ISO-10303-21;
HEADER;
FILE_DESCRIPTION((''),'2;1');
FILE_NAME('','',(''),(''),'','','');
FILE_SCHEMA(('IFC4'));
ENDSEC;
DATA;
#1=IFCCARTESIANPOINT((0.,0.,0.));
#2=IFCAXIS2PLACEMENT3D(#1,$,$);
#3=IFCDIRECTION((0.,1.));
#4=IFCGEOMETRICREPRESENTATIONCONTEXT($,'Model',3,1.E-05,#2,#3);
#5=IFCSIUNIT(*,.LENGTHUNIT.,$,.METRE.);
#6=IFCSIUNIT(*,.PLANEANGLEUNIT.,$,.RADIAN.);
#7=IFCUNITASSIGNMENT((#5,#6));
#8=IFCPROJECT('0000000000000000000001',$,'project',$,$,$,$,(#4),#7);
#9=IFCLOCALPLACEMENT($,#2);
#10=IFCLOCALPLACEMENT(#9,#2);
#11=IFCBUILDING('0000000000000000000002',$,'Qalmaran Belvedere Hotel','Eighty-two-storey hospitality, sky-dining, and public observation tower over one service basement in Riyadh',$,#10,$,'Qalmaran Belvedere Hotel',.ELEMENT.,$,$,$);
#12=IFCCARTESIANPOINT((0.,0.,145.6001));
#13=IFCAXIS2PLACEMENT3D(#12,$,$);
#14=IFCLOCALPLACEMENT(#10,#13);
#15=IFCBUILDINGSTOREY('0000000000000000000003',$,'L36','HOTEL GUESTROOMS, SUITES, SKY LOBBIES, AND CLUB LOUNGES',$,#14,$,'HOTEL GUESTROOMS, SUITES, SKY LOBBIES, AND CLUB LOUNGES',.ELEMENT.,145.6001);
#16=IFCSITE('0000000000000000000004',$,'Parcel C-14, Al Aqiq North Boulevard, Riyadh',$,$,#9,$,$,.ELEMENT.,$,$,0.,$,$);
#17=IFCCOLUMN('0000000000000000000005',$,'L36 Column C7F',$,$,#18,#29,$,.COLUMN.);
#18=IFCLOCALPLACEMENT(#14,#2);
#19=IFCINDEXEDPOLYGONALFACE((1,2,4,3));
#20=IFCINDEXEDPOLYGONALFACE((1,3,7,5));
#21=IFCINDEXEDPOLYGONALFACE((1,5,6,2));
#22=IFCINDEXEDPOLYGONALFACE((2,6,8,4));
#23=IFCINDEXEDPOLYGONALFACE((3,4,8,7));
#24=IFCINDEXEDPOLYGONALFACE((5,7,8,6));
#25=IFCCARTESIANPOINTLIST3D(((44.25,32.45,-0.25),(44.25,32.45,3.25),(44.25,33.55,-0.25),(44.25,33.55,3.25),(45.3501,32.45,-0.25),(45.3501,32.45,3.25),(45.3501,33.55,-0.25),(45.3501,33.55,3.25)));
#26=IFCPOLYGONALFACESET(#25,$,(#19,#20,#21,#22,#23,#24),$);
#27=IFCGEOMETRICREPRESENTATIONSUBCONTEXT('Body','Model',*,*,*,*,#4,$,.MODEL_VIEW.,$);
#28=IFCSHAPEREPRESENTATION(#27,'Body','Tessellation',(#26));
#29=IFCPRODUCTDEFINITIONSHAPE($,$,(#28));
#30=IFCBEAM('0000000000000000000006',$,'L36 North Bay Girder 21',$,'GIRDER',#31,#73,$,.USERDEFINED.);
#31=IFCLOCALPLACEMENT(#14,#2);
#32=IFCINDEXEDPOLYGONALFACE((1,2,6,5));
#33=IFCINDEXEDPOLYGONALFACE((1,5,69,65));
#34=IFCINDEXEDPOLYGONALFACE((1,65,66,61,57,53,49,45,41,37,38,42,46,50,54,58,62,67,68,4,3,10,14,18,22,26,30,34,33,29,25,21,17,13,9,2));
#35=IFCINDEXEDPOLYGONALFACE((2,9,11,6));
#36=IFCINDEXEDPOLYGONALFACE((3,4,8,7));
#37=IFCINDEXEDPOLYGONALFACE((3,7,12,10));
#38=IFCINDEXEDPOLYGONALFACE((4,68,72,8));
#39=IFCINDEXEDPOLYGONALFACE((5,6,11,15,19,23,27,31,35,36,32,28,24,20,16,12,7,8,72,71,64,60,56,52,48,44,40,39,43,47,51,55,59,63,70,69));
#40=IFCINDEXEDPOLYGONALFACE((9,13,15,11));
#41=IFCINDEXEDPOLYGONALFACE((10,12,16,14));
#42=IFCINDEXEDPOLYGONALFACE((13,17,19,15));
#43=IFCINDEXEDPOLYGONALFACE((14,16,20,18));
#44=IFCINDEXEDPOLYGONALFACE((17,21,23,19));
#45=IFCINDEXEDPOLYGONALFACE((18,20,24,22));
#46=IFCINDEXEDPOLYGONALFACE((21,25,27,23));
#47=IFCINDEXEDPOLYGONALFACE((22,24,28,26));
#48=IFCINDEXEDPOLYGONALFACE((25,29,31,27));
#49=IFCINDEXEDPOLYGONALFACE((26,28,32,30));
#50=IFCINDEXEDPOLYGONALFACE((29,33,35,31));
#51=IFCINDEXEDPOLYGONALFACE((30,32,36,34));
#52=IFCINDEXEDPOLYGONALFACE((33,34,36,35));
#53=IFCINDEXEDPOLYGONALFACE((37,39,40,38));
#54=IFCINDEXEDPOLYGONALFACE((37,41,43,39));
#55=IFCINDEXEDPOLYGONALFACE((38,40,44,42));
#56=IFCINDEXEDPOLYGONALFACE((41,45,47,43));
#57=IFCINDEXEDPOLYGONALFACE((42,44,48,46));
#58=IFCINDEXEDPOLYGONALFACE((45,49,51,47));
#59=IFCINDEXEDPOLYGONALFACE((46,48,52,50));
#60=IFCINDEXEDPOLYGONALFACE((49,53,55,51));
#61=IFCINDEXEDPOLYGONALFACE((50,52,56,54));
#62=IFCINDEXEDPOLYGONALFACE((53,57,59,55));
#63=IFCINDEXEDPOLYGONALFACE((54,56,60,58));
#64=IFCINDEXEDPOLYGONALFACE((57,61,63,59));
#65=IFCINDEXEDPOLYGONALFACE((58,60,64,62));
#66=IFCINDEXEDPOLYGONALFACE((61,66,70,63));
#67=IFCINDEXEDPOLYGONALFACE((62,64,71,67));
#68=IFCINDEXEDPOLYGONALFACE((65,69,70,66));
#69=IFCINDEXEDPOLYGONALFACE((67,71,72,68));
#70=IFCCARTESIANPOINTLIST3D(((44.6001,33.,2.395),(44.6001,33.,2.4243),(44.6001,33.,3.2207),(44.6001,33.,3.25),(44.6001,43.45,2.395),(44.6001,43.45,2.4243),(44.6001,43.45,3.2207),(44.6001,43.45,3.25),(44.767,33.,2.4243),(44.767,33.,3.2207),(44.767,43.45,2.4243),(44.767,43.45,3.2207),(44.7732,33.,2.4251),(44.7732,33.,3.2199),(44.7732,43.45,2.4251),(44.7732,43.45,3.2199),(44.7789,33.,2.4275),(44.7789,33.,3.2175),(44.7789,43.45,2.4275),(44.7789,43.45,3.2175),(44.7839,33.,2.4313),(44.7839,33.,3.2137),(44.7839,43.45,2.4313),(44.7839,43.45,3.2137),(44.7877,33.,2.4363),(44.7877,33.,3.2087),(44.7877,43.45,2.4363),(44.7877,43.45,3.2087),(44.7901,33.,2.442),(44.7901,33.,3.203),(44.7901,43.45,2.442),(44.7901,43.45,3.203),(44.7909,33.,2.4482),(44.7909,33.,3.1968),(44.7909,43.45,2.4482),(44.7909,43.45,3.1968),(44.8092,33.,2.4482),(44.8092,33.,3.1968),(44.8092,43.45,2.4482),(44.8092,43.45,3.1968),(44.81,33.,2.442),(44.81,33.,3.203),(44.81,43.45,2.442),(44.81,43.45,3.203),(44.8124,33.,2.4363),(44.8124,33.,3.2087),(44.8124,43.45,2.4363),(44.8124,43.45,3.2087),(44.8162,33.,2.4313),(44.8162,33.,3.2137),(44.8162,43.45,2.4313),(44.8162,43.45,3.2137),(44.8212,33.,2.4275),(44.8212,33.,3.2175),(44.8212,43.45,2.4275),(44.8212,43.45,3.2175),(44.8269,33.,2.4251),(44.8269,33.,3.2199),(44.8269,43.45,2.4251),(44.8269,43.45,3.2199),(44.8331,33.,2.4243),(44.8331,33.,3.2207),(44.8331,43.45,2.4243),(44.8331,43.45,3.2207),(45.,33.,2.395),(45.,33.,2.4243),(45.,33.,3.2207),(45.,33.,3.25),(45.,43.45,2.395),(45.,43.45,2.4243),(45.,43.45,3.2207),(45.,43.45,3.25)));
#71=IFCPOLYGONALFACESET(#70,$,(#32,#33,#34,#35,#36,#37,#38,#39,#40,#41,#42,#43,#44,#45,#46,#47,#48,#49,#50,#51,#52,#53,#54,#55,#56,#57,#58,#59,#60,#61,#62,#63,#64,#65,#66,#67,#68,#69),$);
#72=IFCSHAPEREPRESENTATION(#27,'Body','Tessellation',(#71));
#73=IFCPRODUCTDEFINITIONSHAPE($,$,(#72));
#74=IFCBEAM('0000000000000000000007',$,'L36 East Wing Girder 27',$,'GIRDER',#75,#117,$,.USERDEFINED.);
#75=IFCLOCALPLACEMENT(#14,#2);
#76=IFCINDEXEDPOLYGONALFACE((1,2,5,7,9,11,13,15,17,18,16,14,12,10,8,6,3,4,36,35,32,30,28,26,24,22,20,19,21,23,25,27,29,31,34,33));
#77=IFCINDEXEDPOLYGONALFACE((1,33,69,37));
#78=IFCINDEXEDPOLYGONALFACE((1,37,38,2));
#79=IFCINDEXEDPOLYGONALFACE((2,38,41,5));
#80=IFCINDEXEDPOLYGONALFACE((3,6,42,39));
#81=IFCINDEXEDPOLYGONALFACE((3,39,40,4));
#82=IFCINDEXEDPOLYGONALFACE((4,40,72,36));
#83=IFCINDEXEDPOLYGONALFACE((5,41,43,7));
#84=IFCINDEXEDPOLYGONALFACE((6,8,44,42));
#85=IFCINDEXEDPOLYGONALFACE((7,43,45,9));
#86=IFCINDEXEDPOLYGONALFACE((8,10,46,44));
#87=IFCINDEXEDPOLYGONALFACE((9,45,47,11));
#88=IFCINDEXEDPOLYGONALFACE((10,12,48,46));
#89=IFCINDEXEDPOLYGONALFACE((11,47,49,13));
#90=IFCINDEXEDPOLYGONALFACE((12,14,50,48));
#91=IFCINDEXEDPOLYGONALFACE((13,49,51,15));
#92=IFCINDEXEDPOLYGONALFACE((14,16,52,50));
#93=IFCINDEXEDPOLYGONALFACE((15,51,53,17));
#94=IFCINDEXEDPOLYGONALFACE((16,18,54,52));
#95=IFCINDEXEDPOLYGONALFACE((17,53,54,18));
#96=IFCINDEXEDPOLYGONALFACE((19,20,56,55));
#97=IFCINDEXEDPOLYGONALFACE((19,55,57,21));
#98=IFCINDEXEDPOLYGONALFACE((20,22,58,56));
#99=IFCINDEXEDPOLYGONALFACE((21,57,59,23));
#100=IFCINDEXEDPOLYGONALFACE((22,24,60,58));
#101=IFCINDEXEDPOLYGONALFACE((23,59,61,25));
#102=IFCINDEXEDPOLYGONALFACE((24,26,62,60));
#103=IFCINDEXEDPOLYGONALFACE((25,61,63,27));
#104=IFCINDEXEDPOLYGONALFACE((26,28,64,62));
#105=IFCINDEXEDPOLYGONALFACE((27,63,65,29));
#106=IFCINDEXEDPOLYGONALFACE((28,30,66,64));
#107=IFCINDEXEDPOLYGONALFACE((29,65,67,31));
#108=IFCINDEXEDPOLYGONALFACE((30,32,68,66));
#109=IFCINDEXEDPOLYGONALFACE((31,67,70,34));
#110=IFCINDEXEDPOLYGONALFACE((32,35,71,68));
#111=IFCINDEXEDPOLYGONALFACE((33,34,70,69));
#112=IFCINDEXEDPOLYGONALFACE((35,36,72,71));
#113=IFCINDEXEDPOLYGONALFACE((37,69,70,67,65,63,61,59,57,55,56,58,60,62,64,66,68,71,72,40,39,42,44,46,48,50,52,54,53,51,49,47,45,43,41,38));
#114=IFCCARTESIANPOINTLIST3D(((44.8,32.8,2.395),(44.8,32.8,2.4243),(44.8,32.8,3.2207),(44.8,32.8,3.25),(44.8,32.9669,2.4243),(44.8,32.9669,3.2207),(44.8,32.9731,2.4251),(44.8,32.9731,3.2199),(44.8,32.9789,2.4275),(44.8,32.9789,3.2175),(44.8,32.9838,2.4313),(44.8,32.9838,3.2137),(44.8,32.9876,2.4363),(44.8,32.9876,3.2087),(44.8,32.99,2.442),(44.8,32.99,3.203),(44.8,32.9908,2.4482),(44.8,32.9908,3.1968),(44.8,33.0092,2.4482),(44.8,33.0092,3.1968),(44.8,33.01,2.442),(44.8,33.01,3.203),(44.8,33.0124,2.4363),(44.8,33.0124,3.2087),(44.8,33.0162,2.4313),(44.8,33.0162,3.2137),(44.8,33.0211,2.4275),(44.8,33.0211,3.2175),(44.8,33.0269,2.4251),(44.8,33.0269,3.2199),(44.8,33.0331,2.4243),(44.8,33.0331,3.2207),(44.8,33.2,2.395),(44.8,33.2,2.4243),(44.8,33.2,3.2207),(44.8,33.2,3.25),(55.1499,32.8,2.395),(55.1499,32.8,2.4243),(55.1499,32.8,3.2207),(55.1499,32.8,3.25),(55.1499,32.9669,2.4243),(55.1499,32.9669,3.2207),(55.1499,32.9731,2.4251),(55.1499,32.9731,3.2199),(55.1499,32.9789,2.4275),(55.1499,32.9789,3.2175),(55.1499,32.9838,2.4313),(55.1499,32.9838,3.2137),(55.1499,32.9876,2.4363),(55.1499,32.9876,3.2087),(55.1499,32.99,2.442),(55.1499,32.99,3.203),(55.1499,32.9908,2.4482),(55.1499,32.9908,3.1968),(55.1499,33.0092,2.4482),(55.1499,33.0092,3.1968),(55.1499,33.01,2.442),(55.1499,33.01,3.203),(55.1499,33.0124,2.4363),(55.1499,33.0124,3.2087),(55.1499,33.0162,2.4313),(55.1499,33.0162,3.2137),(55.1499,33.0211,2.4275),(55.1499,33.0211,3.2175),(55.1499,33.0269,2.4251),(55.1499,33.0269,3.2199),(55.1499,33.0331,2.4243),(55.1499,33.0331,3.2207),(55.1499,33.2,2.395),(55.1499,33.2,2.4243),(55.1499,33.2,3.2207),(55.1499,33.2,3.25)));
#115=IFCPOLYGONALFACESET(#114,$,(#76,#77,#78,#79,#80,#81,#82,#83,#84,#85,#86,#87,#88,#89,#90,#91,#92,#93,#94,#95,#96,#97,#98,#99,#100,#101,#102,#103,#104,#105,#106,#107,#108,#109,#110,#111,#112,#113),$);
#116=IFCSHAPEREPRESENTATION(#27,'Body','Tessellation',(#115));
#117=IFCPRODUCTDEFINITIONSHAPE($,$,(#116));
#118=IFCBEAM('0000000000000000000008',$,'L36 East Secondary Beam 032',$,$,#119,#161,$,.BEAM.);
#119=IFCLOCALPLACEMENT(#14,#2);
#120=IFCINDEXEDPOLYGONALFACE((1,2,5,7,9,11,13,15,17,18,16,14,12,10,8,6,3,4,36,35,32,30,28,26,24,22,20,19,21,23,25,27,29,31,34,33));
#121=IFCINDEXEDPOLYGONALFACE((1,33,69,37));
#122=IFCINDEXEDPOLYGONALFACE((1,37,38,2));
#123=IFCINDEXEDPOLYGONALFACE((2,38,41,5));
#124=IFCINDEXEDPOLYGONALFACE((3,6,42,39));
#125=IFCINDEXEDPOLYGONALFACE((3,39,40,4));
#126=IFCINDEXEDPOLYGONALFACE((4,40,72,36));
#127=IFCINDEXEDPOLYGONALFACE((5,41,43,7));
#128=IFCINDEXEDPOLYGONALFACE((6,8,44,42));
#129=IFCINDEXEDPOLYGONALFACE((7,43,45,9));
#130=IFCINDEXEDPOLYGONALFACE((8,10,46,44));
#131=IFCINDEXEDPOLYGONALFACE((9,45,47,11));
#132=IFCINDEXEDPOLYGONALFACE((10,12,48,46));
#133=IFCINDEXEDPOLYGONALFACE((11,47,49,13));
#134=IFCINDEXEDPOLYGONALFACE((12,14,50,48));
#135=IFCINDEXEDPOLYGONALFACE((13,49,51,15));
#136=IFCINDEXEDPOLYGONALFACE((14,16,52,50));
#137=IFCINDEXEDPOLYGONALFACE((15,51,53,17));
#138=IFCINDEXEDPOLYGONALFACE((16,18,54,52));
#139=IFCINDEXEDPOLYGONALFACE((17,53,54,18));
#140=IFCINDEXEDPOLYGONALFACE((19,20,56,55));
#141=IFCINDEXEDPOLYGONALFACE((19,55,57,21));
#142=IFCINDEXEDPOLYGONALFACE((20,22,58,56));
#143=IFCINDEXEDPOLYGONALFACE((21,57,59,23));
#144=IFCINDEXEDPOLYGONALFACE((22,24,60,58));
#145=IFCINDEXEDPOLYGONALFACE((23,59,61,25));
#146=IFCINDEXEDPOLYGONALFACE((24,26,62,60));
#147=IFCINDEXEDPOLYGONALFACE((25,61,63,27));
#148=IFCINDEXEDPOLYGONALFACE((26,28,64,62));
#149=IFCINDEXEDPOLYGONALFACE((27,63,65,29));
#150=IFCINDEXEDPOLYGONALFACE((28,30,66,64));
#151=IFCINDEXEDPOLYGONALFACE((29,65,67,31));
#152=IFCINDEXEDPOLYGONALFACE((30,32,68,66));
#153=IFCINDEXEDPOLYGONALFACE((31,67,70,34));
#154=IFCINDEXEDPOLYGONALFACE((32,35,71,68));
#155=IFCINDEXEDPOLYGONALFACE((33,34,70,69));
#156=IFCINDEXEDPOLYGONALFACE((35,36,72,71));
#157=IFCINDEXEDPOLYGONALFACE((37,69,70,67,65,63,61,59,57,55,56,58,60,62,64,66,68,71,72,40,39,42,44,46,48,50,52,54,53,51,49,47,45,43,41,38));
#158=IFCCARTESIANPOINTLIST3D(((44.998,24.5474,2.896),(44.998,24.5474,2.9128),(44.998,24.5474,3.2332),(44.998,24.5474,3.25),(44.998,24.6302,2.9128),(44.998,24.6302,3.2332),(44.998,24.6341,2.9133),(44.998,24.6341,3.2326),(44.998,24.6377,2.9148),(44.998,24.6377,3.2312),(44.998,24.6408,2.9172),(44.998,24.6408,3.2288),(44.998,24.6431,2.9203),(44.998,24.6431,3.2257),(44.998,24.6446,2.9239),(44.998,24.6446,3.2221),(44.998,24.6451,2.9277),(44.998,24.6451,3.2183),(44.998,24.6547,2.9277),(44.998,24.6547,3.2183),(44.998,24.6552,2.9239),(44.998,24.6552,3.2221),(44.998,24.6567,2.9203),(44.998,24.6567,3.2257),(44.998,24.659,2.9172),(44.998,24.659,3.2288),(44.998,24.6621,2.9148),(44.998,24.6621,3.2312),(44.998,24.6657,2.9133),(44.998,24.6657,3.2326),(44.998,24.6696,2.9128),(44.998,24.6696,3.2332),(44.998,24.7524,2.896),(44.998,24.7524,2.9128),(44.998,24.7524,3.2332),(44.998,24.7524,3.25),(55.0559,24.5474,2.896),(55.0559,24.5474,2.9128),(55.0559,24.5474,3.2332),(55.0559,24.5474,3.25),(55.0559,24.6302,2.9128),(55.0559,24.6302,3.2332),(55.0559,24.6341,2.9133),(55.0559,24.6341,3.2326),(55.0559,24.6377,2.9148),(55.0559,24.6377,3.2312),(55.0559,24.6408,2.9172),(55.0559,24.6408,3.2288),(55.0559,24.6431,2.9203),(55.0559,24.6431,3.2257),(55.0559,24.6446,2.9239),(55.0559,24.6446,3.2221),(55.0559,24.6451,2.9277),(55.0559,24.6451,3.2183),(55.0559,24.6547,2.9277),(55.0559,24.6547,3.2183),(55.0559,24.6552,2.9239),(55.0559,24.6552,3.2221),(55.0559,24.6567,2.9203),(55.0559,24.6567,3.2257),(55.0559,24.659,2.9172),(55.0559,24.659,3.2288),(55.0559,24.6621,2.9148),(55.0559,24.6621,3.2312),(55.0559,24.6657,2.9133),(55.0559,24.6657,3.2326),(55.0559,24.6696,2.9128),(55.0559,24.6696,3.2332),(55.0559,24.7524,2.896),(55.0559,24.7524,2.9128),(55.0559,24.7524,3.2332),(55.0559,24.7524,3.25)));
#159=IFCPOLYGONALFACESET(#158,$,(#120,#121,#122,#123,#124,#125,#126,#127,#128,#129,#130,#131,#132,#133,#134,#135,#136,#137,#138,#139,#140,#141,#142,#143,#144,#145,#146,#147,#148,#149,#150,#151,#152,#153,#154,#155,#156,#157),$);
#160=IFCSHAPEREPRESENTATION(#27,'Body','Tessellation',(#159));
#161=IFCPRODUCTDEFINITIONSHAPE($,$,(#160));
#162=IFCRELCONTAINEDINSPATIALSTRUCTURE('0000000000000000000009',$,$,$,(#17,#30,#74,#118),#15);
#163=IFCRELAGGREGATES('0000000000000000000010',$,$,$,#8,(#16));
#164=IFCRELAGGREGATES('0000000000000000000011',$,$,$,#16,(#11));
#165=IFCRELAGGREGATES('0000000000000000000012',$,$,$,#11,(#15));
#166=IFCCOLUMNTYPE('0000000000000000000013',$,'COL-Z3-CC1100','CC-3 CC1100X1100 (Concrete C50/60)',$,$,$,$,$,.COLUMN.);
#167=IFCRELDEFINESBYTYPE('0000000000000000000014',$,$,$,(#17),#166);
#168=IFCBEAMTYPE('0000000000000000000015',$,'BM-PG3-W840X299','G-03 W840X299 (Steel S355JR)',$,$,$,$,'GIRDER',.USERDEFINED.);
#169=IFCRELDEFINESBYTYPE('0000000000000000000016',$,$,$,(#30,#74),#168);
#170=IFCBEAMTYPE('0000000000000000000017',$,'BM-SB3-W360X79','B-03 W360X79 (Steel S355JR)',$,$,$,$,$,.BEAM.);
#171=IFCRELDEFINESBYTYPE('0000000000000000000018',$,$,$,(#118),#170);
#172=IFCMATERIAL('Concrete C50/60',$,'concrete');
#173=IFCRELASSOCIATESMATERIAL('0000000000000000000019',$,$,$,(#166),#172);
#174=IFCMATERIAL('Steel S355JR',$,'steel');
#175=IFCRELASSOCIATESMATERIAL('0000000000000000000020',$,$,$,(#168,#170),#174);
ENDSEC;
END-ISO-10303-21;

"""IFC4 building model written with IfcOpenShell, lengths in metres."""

from ifc_helpers import new_model, si_unit, direction, frame, origin, origin_2d, place, context, subcontext, project, spatial, rectangle, i_section, extrude, material, material_profile, profile_set, type_object, element, save


model = new_model("IFC4")

# Units and contexts
model_context = context("Model", 3, precision=1e-05, world=origin(), true_north=direction((0.0, 1.0)))
body_context = subcontext(model_context, "Body", "Model", "MODEL_VIEW")
ifc_project = project(units=[si_unit("LENGTHUNIT", "METRE"), si_unit("PLANEANGLEUNIT", "RADIAN")], contexts=[model_context])

# Site, building, storey
site_placement = place(None, origin())
site = spatial("IfcSite", under=ifc_project, at=site_placement, Name="Parcel C-14, Al Aqiq North Boulevard, Riyadh", CompositionType="ELEMENT", RefElevation=0.0)
building_placement = place(site_placement, origin())
building = spatial("IfcBuilding", under=site, at=building_placement, Name="Qalmaran Belvedere Hotel", Description="Eighty-two-storey hospitality, sky-dining, and public observation tower over one service basement in Riyadh", LongName="Qalmaran Belvedere Hotel", CompositionType="ELEMENT")
storey_placement = place(building_placement, frame((0.0, 0.0, 145.6001)))
storey = spatial("IfcBuildingStorey", under=building, at=storey_placement, Name="L36", Description="HOTEL GUESTROOMS, SUITES, SKY LOBBIES, AND CLUB LOUNGES", LongName="HOTEL GUESTROOMS, SUITES, SKY LOBBIES, AND CLUB LOUNGES", CompositionType="ELEMENT", Elevation=145.6001)

# Column
ifc_material_1 = material(Name="Concrete C50/60", Category="concrete")
ifc_material_profile_1 = material_profile(ifc_material_1, rectangle(XDim=1.1001, YDim=1.1001, at=origin_2d()), Name="CC1100X1100")
ifc_profile_set_1 = profile_set([ifc_material_profile_1], Name="Concrete C50/60")
column_type = type_object("IfcColumnType", Name="COL-Z3-CC1100", Description="CC-3 CC1100X1100 (Concrete C50/60)", PredefinedType="COLUMN", material=ifc_profile_set_1)
column_placement = place(storey_placement, frame((44.8, 33.0, -0.25), z_axis=(0.0, 0.0, 1.0), x_axis=(1.0, 0.0, 0.0)))
element("IfcColumn", 1, at=column_placement, inside=storey, type_object=column_type, Name="L36 Column C7F", PredefinedType="COLUMN", context=body_context, shape_type="SweptSolid", body=[
    extrude(rectangle(XDim=1.1001, YDim=1.1001, at=origin_2d()), origin(), (0.0, 0.0, 1.0), 3.5),
])

# Beams
ifc_material_2 = material(Name="Steel S355JR", Category="steel")
ifc_material_profile_2 = material_profile(ifc_material_2, i_section(OverallWidth=0.3999, OverallDepth=0.855, WebThickness=0.0183, FlangeThickness=0.0293, FilletRadius=0.0239, at=origin_2d()), Name="W840X299")
ifc_profile_set_2 = profile_set([ifc_material_profile_2], Name="Steel S355JR")
beam_type_1 = type_object("IfcBeamType", Name="BM-PG3-W840X299", Description="G-03 W840X299 (Steel S355JR)", ElementType="GIRDER", PredefinedType="USERDEFINED", material=ifc_profile_set_2)
beam_1_placement = place(storey_placement, frame((44.8, 33.0, 2.8225), z_axis=(0.0, 1.0, 0.0), x_axis=(-1.0, 0.0, 0.0)))
element("IfcBeam", 2, at=beam_1_placement, inside=storey, type_object=beam_type_1, Name="L36 North Bay Girder 21", ObjectType="GIRDER", PredefinedType="USERDEFINED", context=body_context, shape_type="SweptSolid", body=[
    extrude(i_section(OverallWidth=0.3999, OverallDepth=0.855, WebThickness=0.0183, FlangeThickness=0.0293, FilletRadius=0.0239, at=origin_2d()), origin(), (0.0, 0.0, 1.0), 10.45),
])
beam_2_placement = place(storey_placement, frame((44.8, 33.0, 2.8225), z_axis=(1.0, 0.0, 0.0), x_axis=(0.0, 1.0, 0.0)))
element("IfcBeam", 3, at=beam_2_placement, inside=storey, type_object=beam_type_1, Name="L36 East Wing Girder 27", ObjectType="GIRDER", PredefinedType="USERDEFINED", context=body_context, shape_type="SweptSolid", body=[
    extrude(i_section(OverallWidth=0.3999, OverallDepth=0.855, WebThickness=0.0183, FlangeThickness=0.0293, FilletRadius=0.0239, at=origin_2d()), origin(), (0.0, 0.0, 1.0), 10.3499),
])
ifc_material_profile_3 = material_profile(ifc_material_2, i_section(OverallWidth=0.2051, OverallDepth=0.354, WebThickness=0.0095, FlangeThickness=0.0168, FilletRadius=0.0149, at=origin_2d()), Name="W360X79")
ifc_profile_set_3 = profile_set([ifc_material_profile_3], Name="Steel S355JR")
beam_type_2 = type_object("IfcBeamType", Name="BM-SB3-W360X79", Description="B-03 W360X79 (Steel S355JR)", PredefinedType="BEAM", material=ifc_profile_set_3)
for number, where, z_axis, x_axis, name in (
    (4, (44.998, 24.6499, 3.073), (1.0, 0.0, 0.0), (0.0, 1.0, 0.0), "L36 East Secondary Beam 032"),
):
    element("IfcBeam", number, at=place(storey_placement, frame(where, z_axis=z_axis, x_axis=x_axis)), inside=storey, type_object=beam_type_2, Name=name, PredefinedType="BEAM", context=body_context, shape_type="SweptSolid", body=[
        extrude(i_section(OverallWidth=0.2051, OverallDepth=0.354, WebThickness=0.0095, FlangeThickness=0.0168, FilletRadius=0.0149, at=origin_2d()), origin(), (0.0, 0.0, 1.0), 10.0579),
    ])

save(model, "model.ifc")
